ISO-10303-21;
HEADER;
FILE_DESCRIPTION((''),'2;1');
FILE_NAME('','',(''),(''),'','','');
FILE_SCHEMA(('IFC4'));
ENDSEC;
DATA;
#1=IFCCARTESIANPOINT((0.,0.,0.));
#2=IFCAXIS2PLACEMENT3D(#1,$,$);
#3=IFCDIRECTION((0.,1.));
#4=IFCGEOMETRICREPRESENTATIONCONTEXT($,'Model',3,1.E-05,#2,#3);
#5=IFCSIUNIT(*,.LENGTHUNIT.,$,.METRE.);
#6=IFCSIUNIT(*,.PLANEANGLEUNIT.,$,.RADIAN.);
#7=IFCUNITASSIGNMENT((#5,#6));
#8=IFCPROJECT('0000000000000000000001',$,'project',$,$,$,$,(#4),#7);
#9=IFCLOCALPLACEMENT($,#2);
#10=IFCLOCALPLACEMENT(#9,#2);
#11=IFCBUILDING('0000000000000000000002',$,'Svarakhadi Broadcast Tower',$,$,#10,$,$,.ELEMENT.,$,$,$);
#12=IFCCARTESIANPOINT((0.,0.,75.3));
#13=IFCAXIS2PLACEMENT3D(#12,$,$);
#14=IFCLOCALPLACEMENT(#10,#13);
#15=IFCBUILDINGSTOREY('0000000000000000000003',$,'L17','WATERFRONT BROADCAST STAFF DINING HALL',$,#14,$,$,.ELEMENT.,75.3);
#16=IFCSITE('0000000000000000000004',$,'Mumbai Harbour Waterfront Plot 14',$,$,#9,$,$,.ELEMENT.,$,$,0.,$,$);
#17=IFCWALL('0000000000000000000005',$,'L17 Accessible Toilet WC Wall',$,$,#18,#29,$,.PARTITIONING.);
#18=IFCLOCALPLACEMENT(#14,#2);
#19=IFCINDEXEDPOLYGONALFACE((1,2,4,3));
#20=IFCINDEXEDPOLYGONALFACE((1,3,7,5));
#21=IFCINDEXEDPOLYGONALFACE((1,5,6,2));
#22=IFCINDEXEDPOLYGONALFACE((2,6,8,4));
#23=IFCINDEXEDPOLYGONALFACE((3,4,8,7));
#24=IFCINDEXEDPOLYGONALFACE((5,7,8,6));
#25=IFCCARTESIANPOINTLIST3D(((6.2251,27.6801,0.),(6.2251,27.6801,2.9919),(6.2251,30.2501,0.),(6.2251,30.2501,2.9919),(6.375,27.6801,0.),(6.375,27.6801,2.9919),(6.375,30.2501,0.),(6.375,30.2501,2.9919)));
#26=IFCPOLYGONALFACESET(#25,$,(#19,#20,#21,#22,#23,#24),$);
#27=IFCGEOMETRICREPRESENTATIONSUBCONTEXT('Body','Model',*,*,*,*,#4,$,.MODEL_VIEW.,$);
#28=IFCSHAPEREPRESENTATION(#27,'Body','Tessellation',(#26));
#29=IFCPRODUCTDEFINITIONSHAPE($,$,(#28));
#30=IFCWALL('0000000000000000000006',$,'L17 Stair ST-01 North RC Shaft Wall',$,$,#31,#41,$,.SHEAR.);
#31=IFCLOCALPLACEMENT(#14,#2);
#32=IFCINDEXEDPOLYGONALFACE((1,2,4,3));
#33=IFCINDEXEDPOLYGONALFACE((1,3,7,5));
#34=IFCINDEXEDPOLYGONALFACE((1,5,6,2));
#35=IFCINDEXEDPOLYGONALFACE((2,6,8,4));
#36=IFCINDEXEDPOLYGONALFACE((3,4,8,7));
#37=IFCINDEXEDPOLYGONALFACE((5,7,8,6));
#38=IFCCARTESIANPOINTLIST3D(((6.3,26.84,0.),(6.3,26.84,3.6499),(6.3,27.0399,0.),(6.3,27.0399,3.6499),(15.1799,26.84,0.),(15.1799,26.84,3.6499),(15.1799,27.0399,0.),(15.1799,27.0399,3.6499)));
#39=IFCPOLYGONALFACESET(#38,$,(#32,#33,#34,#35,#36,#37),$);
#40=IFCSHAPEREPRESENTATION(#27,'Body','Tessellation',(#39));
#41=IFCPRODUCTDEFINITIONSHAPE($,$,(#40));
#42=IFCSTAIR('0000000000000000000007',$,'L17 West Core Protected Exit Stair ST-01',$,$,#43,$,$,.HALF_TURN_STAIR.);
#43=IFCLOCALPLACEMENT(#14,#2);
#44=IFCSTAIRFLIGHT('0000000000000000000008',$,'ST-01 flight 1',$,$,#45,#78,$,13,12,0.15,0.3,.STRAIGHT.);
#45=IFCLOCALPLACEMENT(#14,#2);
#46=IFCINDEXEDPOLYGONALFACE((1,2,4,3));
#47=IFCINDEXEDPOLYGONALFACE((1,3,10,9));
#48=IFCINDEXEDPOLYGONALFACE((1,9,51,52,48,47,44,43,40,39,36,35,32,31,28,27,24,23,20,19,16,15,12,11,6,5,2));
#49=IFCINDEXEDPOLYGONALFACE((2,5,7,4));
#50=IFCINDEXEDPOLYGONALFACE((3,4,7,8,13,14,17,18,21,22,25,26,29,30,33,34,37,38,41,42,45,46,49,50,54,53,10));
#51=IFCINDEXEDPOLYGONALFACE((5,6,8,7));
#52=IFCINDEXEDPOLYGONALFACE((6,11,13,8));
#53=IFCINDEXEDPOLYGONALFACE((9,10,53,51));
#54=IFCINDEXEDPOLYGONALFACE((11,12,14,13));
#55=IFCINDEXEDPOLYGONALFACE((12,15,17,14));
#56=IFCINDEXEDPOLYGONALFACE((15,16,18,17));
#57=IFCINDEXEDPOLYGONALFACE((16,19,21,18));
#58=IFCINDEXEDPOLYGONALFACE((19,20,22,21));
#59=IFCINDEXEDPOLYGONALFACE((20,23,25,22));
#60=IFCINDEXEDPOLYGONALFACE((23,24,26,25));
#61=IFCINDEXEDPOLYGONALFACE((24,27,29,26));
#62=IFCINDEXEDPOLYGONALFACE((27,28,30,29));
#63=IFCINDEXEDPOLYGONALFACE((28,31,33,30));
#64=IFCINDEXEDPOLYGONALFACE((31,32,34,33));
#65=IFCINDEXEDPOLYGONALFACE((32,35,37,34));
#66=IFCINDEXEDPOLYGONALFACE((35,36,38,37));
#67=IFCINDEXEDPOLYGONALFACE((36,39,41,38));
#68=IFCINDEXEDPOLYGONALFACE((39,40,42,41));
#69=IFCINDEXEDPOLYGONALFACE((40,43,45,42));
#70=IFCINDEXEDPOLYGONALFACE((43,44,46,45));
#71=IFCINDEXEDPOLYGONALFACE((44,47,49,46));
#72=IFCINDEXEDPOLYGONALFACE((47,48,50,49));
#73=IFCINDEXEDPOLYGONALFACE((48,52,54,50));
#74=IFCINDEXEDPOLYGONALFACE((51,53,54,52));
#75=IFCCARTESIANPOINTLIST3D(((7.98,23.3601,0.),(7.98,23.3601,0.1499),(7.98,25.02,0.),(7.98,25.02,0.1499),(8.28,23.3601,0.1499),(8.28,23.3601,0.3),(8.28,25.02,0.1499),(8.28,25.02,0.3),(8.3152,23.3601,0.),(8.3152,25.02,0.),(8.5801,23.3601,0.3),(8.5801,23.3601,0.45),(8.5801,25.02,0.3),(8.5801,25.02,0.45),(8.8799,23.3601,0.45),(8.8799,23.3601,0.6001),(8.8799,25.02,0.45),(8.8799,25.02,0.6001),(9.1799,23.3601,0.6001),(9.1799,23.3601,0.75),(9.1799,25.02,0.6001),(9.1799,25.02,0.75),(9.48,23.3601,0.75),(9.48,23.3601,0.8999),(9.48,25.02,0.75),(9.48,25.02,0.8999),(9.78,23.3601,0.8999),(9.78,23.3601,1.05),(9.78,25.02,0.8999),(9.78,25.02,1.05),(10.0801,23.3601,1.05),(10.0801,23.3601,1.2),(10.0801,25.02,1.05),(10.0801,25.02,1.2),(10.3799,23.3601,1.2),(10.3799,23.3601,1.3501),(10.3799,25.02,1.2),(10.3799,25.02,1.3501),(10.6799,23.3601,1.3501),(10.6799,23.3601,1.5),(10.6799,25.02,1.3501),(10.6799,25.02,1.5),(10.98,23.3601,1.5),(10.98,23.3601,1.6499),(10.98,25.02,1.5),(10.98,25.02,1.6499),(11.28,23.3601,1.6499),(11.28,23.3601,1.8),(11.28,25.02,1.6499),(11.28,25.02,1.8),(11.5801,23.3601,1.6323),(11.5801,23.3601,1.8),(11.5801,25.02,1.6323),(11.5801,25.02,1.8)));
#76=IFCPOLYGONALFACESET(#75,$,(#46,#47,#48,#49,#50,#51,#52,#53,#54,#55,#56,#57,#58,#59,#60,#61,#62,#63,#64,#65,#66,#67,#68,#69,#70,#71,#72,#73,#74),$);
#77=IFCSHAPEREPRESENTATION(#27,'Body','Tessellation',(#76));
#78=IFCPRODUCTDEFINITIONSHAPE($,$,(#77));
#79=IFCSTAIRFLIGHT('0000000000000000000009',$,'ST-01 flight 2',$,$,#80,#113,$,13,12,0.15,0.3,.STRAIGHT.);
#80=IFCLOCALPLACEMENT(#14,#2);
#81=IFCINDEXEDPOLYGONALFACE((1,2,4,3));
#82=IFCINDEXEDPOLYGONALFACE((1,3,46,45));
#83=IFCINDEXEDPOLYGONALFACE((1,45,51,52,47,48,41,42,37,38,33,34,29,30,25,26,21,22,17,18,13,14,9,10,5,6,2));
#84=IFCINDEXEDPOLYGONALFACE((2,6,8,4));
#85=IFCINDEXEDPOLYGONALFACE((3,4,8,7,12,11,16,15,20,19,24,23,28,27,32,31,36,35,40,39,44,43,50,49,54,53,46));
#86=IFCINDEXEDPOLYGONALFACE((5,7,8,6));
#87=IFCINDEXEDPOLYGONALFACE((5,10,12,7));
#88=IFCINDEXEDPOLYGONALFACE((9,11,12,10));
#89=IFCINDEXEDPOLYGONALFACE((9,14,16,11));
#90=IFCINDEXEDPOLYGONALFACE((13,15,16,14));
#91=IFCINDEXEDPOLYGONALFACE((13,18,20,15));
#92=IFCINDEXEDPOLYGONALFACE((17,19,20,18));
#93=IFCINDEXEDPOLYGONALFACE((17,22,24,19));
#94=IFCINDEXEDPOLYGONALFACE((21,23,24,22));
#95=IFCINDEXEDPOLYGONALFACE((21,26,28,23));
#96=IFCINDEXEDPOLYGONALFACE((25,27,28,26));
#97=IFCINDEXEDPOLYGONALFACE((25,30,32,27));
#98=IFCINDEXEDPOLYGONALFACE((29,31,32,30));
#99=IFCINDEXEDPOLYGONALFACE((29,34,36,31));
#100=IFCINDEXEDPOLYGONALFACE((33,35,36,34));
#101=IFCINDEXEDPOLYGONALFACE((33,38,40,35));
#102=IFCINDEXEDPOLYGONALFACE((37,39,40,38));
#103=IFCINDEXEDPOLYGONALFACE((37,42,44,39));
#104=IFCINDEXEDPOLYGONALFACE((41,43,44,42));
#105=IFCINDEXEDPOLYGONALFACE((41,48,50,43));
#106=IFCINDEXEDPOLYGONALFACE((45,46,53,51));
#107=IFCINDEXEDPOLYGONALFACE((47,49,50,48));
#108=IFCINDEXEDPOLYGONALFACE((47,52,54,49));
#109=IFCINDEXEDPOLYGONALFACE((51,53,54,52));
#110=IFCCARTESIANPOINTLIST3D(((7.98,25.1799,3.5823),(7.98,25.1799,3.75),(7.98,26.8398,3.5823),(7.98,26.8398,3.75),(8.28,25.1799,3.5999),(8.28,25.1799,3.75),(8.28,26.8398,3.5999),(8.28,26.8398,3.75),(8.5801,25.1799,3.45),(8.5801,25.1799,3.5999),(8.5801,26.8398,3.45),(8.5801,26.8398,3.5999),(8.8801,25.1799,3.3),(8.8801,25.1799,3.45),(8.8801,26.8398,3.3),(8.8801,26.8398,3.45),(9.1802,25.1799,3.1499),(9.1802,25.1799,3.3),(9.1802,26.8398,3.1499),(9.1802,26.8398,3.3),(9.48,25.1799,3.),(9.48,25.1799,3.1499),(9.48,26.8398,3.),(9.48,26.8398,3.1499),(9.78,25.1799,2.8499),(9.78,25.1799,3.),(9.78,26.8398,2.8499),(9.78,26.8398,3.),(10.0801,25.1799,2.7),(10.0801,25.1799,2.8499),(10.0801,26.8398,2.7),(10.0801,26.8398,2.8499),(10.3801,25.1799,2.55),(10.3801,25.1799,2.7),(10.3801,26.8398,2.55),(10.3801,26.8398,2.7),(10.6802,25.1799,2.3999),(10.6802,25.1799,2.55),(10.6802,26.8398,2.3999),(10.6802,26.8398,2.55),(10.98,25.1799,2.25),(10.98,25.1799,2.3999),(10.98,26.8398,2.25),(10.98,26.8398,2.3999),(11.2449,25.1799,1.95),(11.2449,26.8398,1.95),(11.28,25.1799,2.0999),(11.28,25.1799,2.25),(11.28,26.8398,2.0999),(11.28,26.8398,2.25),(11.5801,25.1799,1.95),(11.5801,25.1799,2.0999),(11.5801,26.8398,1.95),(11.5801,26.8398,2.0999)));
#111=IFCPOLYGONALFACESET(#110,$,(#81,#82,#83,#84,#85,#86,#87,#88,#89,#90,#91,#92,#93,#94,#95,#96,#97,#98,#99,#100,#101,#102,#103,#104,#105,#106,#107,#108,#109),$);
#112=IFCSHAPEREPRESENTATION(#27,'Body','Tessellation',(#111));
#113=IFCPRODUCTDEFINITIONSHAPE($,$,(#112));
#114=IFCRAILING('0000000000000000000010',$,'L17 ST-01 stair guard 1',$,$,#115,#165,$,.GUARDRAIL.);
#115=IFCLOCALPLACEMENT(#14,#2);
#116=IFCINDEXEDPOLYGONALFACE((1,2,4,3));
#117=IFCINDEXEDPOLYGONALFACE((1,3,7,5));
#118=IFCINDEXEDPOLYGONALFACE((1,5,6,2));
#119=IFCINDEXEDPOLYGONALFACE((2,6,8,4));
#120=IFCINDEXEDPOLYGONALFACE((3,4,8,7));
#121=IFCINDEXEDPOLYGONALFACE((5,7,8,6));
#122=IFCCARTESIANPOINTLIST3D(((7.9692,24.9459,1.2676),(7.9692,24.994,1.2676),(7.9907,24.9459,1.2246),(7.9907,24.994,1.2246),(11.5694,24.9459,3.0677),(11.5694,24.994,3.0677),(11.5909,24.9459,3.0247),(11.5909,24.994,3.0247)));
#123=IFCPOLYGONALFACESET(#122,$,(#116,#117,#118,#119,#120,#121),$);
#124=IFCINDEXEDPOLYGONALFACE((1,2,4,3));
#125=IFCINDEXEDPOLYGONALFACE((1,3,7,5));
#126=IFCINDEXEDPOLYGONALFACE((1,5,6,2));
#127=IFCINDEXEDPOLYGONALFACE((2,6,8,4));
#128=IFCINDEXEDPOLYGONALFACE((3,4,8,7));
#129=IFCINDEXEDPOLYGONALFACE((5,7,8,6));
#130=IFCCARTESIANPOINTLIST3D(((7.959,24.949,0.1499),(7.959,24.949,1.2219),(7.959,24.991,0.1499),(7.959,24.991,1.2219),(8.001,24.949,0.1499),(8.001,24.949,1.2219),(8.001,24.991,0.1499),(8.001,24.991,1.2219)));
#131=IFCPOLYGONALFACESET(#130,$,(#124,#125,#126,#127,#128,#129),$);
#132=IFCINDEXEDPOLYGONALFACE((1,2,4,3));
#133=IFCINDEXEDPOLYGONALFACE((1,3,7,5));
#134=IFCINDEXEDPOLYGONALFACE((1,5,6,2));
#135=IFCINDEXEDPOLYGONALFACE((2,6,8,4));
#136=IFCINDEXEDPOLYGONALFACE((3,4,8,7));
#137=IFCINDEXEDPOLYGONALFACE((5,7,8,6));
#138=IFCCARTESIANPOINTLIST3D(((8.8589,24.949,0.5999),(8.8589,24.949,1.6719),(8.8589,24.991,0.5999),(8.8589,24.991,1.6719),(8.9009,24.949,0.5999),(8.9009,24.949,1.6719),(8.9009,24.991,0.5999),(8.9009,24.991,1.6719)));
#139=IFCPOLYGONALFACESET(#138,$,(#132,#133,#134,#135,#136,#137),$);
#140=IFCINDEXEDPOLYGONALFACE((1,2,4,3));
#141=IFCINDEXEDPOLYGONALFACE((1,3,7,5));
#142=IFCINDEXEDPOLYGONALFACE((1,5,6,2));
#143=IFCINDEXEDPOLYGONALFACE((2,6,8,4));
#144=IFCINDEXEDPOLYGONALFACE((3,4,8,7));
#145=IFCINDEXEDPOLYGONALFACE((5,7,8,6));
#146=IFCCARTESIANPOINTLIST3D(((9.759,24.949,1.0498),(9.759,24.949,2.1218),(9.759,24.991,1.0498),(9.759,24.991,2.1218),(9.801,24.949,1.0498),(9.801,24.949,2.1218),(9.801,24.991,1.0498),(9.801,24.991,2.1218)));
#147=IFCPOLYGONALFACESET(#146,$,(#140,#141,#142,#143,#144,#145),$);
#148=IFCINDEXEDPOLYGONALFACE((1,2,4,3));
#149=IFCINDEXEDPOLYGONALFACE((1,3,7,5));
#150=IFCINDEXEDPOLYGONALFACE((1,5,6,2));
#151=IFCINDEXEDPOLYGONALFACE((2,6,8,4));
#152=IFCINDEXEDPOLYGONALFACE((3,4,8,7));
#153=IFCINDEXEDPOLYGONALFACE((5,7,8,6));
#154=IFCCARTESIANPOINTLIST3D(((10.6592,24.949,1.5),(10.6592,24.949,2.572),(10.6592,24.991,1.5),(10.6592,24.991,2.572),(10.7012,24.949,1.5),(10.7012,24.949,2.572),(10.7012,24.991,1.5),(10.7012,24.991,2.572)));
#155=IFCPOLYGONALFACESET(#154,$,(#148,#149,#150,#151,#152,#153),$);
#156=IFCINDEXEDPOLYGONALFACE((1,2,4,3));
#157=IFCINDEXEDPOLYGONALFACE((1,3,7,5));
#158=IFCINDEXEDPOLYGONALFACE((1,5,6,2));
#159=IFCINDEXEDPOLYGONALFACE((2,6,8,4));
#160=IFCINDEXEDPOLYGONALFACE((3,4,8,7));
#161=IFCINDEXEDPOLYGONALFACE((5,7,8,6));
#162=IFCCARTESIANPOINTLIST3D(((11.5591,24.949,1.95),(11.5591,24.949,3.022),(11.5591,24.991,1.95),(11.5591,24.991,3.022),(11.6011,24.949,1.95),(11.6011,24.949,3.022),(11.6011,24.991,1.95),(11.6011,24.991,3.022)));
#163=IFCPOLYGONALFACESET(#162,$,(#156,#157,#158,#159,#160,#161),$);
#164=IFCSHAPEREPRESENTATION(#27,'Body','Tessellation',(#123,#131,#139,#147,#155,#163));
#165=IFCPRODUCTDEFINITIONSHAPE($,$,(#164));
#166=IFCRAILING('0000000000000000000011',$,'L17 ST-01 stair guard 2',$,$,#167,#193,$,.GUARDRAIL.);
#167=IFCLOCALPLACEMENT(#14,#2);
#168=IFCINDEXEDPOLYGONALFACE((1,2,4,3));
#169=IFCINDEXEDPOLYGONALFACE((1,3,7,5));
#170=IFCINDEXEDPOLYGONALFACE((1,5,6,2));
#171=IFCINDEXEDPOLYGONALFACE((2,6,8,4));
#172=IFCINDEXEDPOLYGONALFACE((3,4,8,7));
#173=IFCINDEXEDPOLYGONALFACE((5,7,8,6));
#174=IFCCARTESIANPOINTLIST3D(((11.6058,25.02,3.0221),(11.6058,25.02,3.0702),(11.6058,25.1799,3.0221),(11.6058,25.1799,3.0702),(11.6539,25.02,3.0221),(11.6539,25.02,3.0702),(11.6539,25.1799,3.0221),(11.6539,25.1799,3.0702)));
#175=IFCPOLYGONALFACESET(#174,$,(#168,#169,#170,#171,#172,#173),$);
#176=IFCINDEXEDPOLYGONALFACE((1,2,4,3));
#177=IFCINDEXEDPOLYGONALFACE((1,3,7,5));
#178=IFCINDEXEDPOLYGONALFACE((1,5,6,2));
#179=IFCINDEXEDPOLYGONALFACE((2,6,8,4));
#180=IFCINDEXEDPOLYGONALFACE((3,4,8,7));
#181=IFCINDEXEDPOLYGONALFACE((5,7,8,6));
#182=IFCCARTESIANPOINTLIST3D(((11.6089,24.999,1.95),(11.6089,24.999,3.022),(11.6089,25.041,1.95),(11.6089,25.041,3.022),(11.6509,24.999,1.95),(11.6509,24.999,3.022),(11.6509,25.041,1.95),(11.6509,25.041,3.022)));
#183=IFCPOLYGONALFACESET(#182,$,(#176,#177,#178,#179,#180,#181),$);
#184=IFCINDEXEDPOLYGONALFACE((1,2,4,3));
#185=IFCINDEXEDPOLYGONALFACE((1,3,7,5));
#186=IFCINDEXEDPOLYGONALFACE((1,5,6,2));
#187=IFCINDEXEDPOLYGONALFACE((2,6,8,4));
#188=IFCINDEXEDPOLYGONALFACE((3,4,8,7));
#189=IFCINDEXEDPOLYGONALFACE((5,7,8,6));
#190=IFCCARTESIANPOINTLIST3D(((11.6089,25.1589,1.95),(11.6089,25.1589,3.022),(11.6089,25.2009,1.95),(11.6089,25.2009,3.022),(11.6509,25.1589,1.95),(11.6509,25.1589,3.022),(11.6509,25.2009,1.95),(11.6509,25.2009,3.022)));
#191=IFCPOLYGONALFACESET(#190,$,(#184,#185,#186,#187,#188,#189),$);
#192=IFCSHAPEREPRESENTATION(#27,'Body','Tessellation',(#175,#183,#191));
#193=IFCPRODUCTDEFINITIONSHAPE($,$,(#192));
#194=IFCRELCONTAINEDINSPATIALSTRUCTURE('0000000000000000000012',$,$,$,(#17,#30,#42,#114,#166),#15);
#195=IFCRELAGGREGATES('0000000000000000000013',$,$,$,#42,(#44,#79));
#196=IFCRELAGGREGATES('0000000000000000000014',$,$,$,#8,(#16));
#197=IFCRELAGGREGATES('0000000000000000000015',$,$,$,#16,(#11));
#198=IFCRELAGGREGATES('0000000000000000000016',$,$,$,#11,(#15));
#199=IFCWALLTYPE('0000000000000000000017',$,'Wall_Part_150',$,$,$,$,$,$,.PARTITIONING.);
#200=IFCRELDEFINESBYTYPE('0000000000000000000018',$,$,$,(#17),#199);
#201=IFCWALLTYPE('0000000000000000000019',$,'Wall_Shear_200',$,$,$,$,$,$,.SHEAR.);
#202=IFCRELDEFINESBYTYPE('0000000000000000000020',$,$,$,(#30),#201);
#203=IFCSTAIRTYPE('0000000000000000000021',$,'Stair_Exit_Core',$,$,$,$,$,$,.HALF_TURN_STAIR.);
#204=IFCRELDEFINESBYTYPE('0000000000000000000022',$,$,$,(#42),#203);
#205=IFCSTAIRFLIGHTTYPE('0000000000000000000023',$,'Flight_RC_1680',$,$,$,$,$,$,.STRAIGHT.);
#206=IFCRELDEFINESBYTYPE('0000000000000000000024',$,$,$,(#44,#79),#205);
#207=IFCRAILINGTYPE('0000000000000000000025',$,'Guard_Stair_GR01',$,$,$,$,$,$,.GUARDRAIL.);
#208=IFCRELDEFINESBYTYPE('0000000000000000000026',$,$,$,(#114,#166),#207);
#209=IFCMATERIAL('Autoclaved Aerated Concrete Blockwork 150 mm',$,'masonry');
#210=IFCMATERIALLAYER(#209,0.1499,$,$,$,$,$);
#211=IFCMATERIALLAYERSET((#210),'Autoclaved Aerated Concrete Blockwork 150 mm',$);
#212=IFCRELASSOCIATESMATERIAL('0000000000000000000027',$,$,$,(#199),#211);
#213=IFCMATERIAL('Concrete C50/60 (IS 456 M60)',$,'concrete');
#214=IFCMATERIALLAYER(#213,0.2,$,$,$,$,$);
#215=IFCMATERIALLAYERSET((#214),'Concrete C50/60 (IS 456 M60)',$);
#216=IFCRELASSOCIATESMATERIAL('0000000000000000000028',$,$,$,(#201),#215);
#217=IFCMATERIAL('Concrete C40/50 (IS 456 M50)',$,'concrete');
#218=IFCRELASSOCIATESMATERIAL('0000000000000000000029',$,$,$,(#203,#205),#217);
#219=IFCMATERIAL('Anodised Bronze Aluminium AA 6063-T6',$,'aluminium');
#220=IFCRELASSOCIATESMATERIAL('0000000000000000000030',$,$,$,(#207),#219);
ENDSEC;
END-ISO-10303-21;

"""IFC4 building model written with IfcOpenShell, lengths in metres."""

from ifc_helpers import new_model, si_unit, direction, frame, frame_2d, origin, origin_2d, place, context, subcontext, project, spatial, polyline, rectangle, outline, extrude, material, layer, layer_set, type_object, element, aggregate, save


model = new_model("IFC4")

# Units and contexts
model_context = context("Model", 3, precision=1e-05, world=origin(), true_north=direction((0.0, 1.0)))
body_context = subcontext(model_context, "Body", "Model", "MODEL_VIEW")
ifc_project = project(units=[si_unit("LENGTHUNIT", "METRE"), si_unit("PLANEANGLEUNIT", "RADIAN")], contexts=[model_context])

# Site, building, storey
site_placement = place(None, origin())
site = spatial("IfcSite", under=ifc_project, at=site_placement, Name="Mumbai Harbour Waterfront Plot 14", CompositionType="ELEMENT", RefElevation=0.0)
building_placement = place(site_placement, origin())
building = spatial("IfcBuilding", under=site, at=building_placement, Name="Svarakhadi Broadcast Tower", CompositionType="ELEMENT")
storey_placement = place(building_placement, frame((0.0, 0.0, 75.3)))
storey = spatial("IfcBuildingStorey", under=building, at=storey_placement, Name="L17", Description="WATERFRONT BROADCAST STAFF DINING HALL", CompositionType="ELEMENT", Elevation=75.3)

# Walls
ifc_material_1 = material(Name="Concrete C40/50 (IS 456 M50)", Category="concrete")
ifc_material_2 = material(Name="Autoclaved Aerated Concrete Blockwork 150 mm", Category="masonry")
ifc_layer_1 = layer(ifc_material_2, 0.1499)
ifc_layer_set_1 = layer_set([ifc_layer_1], Name="Autoclaved Aerated Concrete Blockwork 150 mm")
wall_type_1 = type_object("IfcWallType", Name="Wall_Part_150", PredefinedType="PARTITIONING", material=ifc_layer_set_1)
wall_1_placement = place(storey_placement, frame((6.3, 27.6799, 0.0), z_axis=(0.0, 0.0, 1.0), x_axis=(0.0, 1.0, 0.0)))
element("IfcWall", 1, at=wall_1_placement, inside=storey, type_object=wall_type_1, Name="L17 Accessible Toilet WC Wall", PredefinedType="PARTITIONING", context=body_context, shape_type="SweptSolid", body=[
    extrude(rectangle(XDim=2.5701, YDim=0.1499, at=frame_2d((1.2852, 0.0))), origin(), (0.0, 0.0, 1.0), 2.9919),
])
ifc_material_3 = material(Name="Concrete C50/60 (IS 456 M60)", Category="concrete")
ifc_layer_2 = layer(ifc_material_3, 0.2)
ifc_layer_set_2 = layer_set([ifc_layer_2], Name="Concrete C50/60 (IS 456 M60)")
wall_type_2 = type_object("IfcWallType", Name="Wall_Shear_200", PredefinedType="SHEAR", material=ifc_layer_set_2)
wall_2_placement = place(storey_placement, frame((6.3, 26.9399, 0.0), z_axis=(0.0, 0.0, 1.0), x_axis=(1.0, 0.0, 0.0)))
element("IfcWall", 2, at=wall_2_placement, inside=storey, type_object=wall_type_2, Name="L17 Stair ST-01 North RC Shaft Wall", PredefinedType="SHEAR", context=body_context, shape_type="SweptSolid", body=[
    extrude(rectangle(XDim=8.8799, YDim=0.2, at=frame_2d((4.4399, 0.0))), origin(), (0.0, 0.0, 1.0), 3.6499),
])

# Stair, stair flights
stair_type = type_object("IfcStairType", Name="Stair_Exit_Core", PredefinedType="HALF_TURN_STAIR", material=ifc_material_1)
stair_placement = place(storey_placement, origin())
stair = element("IfcStair", 3, at=stair_placement, inside=storey, type_object=stair_type, Name="L17 West Core Protected Exit Stair ST-01", PredefinedType="HALF_TURN_STAIR")
stair_flight_type = type_object("IfcStairFlightType", Name="Flight_RC_1680", PredefinedType="STRAIGHT", material=ifc_material_1)
stair_flight_1_placement = place(storey_placement, frame((7.98, 24.1899, 0.0), z_axis=(0.0, 0.0, 1.0), x_axis=(1.0, 0.0, 0.0)))
stair_flight_1 = element("IfcStairFlight", 4, at=stair_flight_1_placement, type_object=stair_flight_type, Name="ST-01 flight 1", NumberOfRisers=13, NumberOfTreads=12, PredefinedType="STRAIGHT", RiserHeight=0.15, TreadLength=0.3, context=body_context, shape_type="SweptSolid", body=[
    extrude(outline(polyline([(0.0, 0.0), (0.0, 0.1499), (0.3, 0.1499), (0.3, 0.3), (0.6001, 0.3), (0.6001, 0.45), (0.8999, 0.45), (0.8999, 0.6001), (1.2, 0.6001), (1.2, 0.75), (1.5, 0.75), (1.5, 0.8999), (1.8, 0.8999), (1.8, 1.05), (2.1001, 1.05), (2.1001, 1.2), (2.3999, 1.2), (2.3999, 1.3501), (2.7, 1.3501), (2.7, 1.5), (3.0, 1.5), (3.0, 1.6499), (3.3, 1.6499), (3.3, 1.8), (3.6001, 1.8), (3.6001, 1.95), (3.6001, 1.6323), (0.3352, 0.0), (0.0, 0.0)])), frame((0.0, 0.8301, 0.0), z_axis=(0.0, -1.0, 0.0), x_axis=(1.0, 0.0, 0.0)), (0.0, 0.0, 1.0), 1.6599),
])
stair_flight_2_placement = place(storey_placement, frame((11.5801, 26.01, 1.95), z_axis=(0.0, 0.0, 1.0), x_axis=(-1.0, 0.0, 0.0)))
stair_flight_2 = element("IfcStairFlight", 5, at=stair_flight_2_placement, type_object=stair_flight_type, Name="ST-01 flight 2", NumberOfRisers=13, NumberOfTreads=12, PredefinedType="STRAIGHT", RiserHeight=0.15, TreadLength=0.3, context=body_context, shape_type="SweptSolid", body=[
    extrude(outline(polyline([(0.0, 0.0), (0.0, 0.1499), (0.3, 0.1499), (0.3, 0.3), (0.6001, 0.3), (0.6001, 0.45), (0.8999, 0.45), (0.8999, 0.6001), (1.2, 0.6001), (1.2, 0.75), (1.5, 0.75), (1.5, 0.8999), (1.8, 0.8999), (1.8, 1.05), (2.1001, 1.05), (2.1001, 1.2), (2.3999, 1.2), (2.3999, 1.3501), (2.7, 1.3501), (2.7, 1.5), (3.0, 1.5), (3.0, 1.6499), (3.3, 1.6499), (3.3, 1.8), (3.6001, 1.8), (3.6001, 1.95), (3.6001, 1.6323), (0.3352, 0.0), (0.0, 0.0)])), frame((0.0, 0.8301, 0.0), z_axis=(0.0, -1.0, 0.0), x_axis=(1.0, 0.0, 0.0)), (0.0, 0.0, 1.0), 1.6599),
])
aggregate(stair, [stair_flight_1, stair_flight_2])

# Railings
ifc_material_4 = material(Name="Anodised Bronze Aluminium AA 6063-T6", Category="aluminium")
railing_type_1 = type_object("IfcRailingType", Name="Guard_Stair_GR01", PredefinedType="GUARDRAIL", material=ifc_material_4)
railing_1_placement = place(storey_placement, frame((7.98, 24.97, 0.1499)))
element("IfcRailing", 6, at=railing_1_placement, inside=storey, type_object=railing_type_1, Name="L17 ST-01 stair guard 1", PredefinedType="GUARDRAIL", context=body_context, shape_type="SweptSolid", body=[
    extrude(rectangle(XDim=0.0481, YDim=0.0481, at=origin_2d()), frame((0.0, 0.0, 1.0962), z_axis=(0.894427, 0.0, 0.447214), x_axis=(0.0, 1.0, 0.0)), (0.0, 0.0, 1.0), 4.0251),
    extrude(rectangle(XDim=0.042, YDim=0.042, at=origin_2d()), origin(), (0.0, 0.0, 1.0), 1.072),
    extrude(rectangle(XDim=0.042, YDim=0.042, at=origin_2d()), frame((0.8999, 0.0, 0.45)), (0.0, 0.0, 1.0), 1.072),
    extrude(rectangle(XDim=0.042, YDim=0.042, at=origin_2d()), frame((1.8, 0.0, 0.8999)), (0.0, 0.0, 1.0), 1.072),
    extrude(rectangle(XDim=0.042, YDim=0.042, at=origin_2d()), frame((2.7002, 0.0, 1.3501)), (0.0, 0.0, 1.0), 1.072),
    extrude(rectangle(XDim=0.042, YDim=0.042, at=origin_2d()), frame((3.6001, 0.0, 1.8)), (0.0, 0.0, 1.0), 1.072),
])
railing_2_placement = place(storey_placement, frame((11.6299, 25.02, 1.95)))
element("IfcRailing", 7, at=railing_2_placement, inside=storey, type_object=railing_type_1, Name="L17 ST-01 stair guard 2", PredefinedType="GUARDRAIL", context=body_context, shape_type="SweptSolid", body=[
    extrude(rectangle(XDim=0.0481, YDim=0.0481, at=origin_2d()), frame((0.0, 0.0, 1.0962), z_axis=(0.0, 1.0, 0.0), x_axis=(-1.0, 0.0, 0.0)), (0.0, 0.0, 1.0), 0.1599),
    extrude(rectangle(XDim=0.042, YDim=0.042, at=origin_2d()), origin(), (0.0, 0.0, 1.0), 1.072),
    extrude(rectangle(XDim=0.042, YDim=0.042, at=origin_2d()), frame((0.0, 0.1599, 0.0)), (0.0, 0.0, 1.0), 1.072),
])

save(model, "model.ifc")
